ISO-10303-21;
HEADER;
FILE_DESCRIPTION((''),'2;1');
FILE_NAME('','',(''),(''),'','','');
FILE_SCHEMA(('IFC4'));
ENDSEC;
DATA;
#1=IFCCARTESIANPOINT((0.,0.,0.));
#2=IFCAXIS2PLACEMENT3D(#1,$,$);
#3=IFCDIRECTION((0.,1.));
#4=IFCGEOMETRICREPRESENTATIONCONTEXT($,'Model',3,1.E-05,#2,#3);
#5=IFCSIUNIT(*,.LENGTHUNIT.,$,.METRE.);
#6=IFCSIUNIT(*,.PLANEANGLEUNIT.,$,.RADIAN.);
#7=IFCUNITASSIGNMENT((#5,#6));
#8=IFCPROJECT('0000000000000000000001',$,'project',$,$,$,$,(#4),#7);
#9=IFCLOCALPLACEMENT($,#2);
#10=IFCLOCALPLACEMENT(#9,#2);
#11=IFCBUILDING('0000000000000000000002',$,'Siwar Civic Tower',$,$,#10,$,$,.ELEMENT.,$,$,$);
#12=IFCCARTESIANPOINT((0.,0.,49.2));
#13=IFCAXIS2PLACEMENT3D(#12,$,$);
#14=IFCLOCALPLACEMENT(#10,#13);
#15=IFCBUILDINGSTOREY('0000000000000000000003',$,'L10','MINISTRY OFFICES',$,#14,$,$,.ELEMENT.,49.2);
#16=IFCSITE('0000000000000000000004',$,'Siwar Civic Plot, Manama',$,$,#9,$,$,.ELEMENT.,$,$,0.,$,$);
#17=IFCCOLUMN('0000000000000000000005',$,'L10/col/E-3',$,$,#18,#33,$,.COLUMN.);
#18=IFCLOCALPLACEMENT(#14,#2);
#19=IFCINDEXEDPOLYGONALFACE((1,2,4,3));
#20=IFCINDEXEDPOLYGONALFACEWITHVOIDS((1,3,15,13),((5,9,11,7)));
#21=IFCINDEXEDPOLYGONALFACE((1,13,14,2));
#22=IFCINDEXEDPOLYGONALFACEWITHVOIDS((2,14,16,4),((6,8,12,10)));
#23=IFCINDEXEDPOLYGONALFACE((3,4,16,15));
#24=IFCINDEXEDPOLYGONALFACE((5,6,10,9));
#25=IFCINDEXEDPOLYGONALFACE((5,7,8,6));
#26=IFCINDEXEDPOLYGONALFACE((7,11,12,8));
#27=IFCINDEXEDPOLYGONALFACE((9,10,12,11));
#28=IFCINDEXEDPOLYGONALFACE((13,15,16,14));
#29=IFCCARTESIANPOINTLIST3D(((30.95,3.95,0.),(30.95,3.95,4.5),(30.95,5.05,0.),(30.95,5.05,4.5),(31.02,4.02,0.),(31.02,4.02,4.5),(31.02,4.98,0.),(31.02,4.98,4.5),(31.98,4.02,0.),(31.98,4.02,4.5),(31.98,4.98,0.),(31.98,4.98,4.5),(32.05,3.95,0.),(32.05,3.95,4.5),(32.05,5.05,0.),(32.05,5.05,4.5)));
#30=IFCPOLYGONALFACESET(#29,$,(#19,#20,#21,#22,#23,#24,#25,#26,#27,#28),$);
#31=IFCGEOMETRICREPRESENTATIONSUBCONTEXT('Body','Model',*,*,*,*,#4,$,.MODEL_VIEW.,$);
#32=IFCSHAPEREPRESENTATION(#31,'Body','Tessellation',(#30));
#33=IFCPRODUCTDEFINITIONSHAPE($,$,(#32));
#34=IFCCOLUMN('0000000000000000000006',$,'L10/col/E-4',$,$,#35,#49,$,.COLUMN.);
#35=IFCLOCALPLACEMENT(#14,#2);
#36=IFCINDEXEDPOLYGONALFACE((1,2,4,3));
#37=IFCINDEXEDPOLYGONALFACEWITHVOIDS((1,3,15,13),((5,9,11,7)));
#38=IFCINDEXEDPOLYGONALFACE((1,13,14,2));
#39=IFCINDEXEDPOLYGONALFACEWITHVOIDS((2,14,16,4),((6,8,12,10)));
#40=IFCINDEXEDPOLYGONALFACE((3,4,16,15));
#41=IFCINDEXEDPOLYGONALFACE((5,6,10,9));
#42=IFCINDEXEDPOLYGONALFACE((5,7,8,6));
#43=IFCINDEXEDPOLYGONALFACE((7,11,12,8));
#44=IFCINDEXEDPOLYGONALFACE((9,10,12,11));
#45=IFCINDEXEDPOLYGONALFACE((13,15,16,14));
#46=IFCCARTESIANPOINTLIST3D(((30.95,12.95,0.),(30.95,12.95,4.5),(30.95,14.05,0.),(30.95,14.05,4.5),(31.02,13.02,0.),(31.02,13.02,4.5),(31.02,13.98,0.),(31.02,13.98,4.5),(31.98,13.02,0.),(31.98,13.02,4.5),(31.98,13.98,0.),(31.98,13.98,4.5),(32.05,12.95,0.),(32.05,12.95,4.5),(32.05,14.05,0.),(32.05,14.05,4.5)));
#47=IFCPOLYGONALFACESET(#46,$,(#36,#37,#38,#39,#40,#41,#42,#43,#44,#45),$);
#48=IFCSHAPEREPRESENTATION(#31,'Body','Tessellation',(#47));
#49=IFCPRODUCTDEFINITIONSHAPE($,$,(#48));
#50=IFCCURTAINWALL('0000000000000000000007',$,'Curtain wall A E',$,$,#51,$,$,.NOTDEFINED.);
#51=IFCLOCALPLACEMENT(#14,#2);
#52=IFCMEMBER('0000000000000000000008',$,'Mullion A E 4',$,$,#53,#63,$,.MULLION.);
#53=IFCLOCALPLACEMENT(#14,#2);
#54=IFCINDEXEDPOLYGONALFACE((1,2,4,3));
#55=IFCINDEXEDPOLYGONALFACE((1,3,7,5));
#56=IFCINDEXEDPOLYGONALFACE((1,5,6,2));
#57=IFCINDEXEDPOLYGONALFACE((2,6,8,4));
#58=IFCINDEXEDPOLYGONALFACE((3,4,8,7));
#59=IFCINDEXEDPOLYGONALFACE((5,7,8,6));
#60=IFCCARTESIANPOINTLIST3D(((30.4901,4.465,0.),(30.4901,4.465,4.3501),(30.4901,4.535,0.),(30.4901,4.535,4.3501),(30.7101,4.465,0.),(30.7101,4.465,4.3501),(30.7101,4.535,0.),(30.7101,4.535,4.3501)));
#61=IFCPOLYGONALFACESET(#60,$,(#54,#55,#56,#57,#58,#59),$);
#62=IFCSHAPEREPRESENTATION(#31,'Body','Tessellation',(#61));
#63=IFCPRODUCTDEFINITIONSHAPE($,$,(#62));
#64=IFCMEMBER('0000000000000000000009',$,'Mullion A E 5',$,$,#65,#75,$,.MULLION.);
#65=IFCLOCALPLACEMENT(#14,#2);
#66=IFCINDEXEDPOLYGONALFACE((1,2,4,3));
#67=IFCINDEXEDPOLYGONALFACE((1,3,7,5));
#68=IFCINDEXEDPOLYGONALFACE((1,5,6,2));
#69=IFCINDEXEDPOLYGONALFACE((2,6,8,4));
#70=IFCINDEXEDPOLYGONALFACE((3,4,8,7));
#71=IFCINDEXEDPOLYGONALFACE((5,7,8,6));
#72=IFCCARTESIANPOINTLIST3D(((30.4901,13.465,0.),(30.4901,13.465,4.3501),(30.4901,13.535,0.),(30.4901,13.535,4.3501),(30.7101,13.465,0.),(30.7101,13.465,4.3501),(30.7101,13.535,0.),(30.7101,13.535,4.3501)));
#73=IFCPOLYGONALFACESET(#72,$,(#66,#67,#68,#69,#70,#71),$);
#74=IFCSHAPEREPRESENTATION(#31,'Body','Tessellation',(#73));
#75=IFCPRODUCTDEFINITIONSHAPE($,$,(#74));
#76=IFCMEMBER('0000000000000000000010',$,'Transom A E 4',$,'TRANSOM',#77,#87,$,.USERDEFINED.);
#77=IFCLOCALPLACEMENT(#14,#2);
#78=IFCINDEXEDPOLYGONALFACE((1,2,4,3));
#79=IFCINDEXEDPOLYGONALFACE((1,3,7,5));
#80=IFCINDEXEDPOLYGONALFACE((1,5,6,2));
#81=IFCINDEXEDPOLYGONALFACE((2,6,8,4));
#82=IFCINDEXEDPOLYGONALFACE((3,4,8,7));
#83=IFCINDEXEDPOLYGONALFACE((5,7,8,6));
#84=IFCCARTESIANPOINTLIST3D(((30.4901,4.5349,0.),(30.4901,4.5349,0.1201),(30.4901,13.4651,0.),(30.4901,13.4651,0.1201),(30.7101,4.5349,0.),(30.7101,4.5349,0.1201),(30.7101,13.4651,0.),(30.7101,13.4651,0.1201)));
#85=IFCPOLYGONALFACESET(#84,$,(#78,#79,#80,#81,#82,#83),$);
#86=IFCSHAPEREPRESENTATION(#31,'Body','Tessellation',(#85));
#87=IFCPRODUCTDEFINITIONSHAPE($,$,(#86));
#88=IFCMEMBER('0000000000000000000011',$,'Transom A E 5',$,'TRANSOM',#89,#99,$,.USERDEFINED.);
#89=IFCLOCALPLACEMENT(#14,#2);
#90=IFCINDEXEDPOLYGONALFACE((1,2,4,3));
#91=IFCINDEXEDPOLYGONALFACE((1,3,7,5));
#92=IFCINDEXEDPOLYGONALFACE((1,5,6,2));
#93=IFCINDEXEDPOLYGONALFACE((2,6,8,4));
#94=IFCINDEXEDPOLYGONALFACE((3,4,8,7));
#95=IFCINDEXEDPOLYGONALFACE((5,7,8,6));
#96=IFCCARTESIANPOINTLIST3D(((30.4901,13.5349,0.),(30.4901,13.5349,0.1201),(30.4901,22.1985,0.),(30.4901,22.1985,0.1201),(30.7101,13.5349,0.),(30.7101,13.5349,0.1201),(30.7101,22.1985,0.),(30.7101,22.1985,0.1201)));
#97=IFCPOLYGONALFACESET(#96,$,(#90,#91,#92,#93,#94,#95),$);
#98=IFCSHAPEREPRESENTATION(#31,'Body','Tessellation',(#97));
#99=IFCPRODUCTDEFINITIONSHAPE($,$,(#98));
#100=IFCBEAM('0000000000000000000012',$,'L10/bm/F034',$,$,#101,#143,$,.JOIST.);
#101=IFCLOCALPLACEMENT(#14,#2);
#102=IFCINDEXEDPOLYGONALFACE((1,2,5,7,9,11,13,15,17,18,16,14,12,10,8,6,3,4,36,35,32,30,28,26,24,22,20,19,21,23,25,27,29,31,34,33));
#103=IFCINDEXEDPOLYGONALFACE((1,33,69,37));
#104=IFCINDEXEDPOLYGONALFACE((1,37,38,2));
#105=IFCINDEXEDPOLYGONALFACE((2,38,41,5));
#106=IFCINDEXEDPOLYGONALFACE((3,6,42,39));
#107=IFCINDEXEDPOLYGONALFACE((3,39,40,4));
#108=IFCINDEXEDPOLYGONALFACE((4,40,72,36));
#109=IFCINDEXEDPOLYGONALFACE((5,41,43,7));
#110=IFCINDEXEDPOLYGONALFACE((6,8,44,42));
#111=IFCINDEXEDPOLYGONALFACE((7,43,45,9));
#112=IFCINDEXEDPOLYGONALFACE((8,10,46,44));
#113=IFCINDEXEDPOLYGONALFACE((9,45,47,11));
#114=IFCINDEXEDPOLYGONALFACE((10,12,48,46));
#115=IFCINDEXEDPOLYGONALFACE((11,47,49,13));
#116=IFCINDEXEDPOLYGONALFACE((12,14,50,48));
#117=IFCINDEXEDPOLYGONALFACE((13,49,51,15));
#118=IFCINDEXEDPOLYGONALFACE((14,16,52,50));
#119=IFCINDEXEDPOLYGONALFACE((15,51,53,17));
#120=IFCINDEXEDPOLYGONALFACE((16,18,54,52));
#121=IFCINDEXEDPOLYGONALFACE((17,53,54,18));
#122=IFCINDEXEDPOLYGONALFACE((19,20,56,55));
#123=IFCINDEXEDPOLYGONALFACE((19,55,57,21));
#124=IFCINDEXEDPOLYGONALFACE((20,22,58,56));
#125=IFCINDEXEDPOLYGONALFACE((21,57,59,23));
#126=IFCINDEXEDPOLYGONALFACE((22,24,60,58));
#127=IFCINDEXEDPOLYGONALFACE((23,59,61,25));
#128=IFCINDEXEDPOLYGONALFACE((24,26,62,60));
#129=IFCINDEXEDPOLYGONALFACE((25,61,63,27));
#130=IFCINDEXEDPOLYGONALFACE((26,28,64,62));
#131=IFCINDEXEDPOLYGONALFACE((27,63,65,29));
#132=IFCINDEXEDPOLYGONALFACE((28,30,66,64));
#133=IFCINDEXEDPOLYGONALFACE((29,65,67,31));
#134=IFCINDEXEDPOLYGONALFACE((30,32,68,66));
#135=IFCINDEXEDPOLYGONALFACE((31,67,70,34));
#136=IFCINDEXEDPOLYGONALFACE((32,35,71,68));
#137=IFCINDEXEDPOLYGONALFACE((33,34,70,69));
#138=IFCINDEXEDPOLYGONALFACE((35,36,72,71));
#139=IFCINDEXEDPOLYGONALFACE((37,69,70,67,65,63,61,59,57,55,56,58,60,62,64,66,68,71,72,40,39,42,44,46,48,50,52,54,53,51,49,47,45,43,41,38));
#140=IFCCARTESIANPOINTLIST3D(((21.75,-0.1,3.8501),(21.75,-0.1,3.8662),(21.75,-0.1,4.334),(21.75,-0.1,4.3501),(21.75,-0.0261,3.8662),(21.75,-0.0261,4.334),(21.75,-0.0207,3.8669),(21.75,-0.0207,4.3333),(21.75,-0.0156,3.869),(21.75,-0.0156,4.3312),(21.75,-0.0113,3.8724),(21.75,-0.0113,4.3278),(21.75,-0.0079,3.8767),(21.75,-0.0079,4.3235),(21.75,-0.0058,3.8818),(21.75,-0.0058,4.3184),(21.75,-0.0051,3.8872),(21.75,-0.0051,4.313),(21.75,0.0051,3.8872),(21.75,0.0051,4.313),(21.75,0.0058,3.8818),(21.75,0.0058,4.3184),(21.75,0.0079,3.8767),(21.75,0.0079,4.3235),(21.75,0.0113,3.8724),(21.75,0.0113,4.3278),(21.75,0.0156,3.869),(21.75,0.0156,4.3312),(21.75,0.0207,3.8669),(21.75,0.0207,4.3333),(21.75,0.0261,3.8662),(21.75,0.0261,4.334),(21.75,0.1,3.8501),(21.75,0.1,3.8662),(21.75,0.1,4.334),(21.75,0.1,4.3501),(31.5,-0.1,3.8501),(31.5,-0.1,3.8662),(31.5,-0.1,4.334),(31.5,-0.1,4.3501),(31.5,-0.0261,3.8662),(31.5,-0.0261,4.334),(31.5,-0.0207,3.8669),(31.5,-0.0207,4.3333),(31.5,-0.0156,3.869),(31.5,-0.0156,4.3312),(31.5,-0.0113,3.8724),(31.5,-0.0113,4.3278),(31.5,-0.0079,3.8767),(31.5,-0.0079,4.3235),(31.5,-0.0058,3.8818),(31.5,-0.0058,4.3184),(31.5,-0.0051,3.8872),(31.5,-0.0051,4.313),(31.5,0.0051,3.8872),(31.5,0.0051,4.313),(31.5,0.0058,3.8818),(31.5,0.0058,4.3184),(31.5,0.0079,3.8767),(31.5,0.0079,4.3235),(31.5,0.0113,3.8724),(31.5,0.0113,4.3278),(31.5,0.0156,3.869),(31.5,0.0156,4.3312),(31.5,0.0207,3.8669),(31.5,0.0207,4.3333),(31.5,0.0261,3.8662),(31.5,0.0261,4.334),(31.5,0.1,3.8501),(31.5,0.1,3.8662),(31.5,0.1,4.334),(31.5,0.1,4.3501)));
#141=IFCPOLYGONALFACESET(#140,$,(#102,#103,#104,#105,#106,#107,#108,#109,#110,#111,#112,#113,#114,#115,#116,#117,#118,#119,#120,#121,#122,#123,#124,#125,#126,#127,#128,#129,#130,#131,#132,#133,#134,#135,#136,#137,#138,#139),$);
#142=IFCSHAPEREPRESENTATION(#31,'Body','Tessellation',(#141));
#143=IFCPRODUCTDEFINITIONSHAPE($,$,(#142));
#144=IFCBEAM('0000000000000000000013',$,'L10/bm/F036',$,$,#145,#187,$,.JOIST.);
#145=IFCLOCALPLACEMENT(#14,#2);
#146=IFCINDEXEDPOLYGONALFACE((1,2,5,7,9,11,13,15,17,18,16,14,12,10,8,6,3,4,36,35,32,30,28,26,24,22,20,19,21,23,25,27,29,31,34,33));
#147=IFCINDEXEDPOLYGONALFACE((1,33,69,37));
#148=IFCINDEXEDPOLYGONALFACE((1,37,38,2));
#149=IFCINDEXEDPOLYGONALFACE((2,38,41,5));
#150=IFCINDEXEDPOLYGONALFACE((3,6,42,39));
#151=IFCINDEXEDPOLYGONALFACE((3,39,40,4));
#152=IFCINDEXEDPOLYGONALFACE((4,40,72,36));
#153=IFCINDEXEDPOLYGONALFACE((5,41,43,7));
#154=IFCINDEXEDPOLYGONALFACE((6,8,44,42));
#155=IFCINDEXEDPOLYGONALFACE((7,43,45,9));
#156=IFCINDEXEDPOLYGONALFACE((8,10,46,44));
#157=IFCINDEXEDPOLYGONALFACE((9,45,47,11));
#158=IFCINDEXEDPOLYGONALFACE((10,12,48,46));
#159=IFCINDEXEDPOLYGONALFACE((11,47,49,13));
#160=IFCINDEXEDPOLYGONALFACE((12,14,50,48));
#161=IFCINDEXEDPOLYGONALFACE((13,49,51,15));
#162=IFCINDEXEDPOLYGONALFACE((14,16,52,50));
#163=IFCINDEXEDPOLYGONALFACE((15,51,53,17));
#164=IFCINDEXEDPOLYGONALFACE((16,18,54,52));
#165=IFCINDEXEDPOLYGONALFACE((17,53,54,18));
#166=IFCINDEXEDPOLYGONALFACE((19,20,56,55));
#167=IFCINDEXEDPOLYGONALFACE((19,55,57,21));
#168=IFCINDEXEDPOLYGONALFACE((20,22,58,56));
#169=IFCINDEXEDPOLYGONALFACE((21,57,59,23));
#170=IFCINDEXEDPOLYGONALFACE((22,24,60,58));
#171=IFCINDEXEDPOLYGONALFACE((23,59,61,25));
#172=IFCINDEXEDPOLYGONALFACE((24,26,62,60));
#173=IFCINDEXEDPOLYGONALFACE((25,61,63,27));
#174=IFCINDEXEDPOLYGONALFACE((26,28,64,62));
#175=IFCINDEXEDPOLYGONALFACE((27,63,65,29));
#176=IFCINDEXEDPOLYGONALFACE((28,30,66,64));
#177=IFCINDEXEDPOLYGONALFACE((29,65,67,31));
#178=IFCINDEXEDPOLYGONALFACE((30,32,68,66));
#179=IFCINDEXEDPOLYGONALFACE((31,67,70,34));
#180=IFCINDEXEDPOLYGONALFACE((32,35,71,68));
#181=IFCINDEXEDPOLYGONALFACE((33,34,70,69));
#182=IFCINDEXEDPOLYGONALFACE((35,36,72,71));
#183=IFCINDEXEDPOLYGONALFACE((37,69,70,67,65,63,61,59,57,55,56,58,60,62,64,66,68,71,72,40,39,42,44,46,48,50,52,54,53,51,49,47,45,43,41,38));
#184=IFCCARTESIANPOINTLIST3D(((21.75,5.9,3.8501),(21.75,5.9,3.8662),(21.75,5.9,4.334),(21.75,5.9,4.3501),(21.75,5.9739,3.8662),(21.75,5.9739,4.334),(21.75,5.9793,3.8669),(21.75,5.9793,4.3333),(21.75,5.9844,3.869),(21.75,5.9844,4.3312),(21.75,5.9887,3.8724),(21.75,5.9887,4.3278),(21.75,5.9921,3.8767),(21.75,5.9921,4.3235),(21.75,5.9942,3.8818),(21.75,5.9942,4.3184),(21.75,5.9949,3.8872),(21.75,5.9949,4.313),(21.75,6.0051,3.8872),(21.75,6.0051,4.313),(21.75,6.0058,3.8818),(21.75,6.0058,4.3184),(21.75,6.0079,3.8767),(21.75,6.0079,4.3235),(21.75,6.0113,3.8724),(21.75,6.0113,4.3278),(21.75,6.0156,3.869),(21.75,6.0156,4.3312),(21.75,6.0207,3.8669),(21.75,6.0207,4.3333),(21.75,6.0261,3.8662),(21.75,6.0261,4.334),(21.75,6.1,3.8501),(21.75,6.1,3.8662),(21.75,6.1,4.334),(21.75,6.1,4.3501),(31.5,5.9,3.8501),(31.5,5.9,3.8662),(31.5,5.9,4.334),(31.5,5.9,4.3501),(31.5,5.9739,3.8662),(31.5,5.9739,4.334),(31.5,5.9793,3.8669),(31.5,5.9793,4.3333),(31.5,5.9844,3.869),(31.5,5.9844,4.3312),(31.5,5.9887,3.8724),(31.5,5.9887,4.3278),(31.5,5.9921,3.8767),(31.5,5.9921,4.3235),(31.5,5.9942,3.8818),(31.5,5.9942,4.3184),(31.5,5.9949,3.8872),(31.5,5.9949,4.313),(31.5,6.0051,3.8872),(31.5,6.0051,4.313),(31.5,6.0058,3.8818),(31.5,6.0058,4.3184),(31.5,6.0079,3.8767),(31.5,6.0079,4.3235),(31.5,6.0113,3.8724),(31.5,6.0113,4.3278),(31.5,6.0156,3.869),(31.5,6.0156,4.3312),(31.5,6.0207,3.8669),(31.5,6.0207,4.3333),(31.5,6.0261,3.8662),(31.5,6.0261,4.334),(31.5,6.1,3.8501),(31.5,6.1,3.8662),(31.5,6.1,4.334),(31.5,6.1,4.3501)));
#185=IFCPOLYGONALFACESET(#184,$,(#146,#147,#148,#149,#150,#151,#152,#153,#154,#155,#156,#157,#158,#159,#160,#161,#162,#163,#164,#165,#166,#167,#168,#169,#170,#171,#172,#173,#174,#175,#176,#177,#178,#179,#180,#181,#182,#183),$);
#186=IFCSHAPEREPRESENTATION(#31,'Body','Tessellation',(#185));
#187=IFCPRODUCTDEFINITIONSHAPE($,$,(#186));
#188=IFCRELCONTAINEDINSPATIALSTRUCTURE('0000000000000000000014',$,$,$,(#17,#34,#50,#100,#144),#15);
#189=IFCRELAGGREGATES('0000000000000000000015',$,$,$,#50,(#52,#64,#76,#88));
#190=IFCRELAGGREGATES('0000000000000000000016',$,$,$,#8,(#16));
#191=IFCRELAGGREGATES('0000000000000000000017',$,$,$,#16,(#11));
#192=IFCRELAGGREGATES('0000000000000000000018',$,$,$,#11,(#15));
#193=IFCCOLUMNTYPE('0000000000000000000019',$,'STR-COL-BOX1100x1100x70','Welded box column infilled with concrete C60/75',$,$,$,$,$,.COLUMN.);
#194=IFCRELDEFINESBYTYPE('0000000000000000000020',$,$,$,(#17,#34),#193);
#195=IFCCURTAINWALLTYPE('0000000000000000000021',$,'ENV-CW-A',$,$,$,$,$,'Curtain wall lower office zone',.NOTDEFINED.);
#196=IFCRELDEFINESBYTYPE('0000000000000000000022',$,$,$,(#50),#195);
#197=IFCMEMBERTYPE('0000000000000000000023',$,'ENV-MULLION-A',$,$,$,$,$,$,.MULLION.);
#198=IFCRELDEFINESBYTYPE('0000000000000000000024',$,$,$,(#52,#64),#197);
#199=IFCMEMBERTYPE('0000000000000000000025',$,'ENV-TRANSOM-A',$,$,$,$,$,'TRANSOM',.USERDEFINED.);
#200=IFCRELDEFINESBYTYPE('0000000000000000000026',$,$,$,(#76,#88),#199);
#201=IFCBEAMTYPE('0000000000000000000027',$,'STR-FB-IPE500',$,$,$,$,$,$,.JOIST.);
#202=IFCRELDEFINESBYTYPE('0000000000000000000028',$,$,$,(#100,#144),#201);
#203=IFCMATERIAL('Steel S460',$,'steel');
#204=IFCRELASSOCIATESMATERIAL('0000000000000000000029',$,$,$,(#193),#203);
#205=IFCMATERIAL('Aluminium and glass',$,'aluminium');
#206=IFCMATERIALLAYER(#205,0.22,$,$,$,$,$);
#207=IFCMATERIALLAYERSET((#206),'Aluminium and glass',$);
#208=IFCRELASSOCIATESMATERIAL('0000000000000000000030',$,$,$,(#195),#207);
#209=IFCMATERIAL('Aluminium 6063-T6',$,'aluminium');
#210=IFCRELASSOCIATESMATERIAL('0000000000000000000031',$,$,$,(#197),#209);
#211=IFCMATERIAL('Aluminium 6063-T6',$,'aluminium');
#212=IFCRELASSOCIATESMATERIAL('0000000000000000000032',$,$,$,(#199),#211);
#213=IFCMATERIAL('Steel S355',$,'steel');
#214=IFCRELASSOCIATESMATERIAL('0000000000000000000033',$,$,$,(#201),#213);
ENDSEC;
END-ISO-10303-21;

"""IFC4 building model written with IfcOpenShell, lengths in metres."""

from ifc_helpers import new_model, si_unit, direction, frame, origin, origin_2d, place, context, subcontext, project, spatial, rectangle, hollow_rectangle, i_section, extrude, material, layer, layer_set, material_profile, profile_set, type_object, element, aggregate, save


model = new_model("IFC4")

# Units and contexts
model_context = context("Model", 3, precision=1e-05, world=origin(), true_north=direction((0.0, 1.0)))
body_context = subcontext(model_context, "Body", "Model", "MODEL_VIEW")
ifc_project = project(units=[si_unit("LENGTHUNIT", "METRE"), si_unit("PLANEANGLEUNIT", "RADIAN")], contexts=[model_context])

# Site, building, storey
site_placement = place(None, origin())
site = spatial("IfcSite", under=ifc_project, at=site_placement, Name="Siwar Civic Plot, Manama", CompositionType="ELEMENT", RefElevation=0.0)
building_placement = place(site_placement, origin())
building = spatial("IfcBuilding", under=site, at=building_placement, Name="Siwar Civic Tower", CompositionType="ELEMENT")
storey_placement = place(building_placement, frame((0.0, 0.0, 49.2)))
storey = spatial("IfcBuildingStorey", under=building, at=storey_placement, Name="L10", Description="MINISTRY OFFICES", CompositionType="ELEMENT", Elevation=49.2)

# Columns
ifc_material_1 = material(Name="Steel S460", Category="steel")
ifc_material_profile_1 = material_profile(ifc_material_1, hollow_rectangle(XDim=1.1001, YDim=1.1001, WallThickness=0.0701, at=origin_2d()), Name="BOX1100x1100x70")
ifc_profile_set_1 = profile_set([ifc_material_profile_1], Name="Steel S460")
column_type = type_object("IfcColumnType", Name="STR-COL-BOX1100x1100x70", Description="Welded box column infilled with concrete C60/75", PredefinedType="COLUMN", material=ifc_profile_set_1)
for number, where, z_axis, x_axis, name in (
    (1, (31.5, 4.5, 0.0), (0.0, 0.0, 1.0), (1.0, 0.0, 0.0), "L10/col/E-3"),
    (2, (31.5, 13.5, 0.0), (0.0, 0.0, 1.0), (1.0, 0.0, 0.0), "L10/col/E-4"),
):
    element("IfcColumn", number, at=place(storey_placement, frame(where, z_axis=z_axis, x_axis=x_axis)), inside=storey, type_object=column_type, Name=name, PredefinedType="COLUMN", context=body_context, shape_type="SweptSolid", body=[
        extrude(hollow_rectangle(XDim=1.1001, YDim=1.1001, WallThickness=0.0701, at=origin_2d()), origin(), (0.0, 0.0, 1.0), 4.5),
    ])

# Curtain wall, members
ifc_material_2 = material(Name="Aluminium and glass", Category="aluminium")
ifc_layer_1 = layer(ifc_material_2, 0.22)
ifc_layer_set_1 = layer_set([ifc_layer_1], Name="Aluminium and glass")
curtain_wall_type = type_object("IfcCurtainWallType", Name="ENV-CW-A", ElementType="Curtain wall lower office zone", PredefinedType="NOTDEFINED", material=ifc_layer_set_1)
curtain_wall_placement = place(storey_placement, origin())
curtain_wall = element("IfcCurtainWall", 3, at=curtain_wall_placement, inside=storey, type_object=curtain_wall_type, Name="Curtain wall A E", PredefinedType="NOTDEFINED")
ifc_material_3 = material(Name="Aluminium 6063-T6", Category="aluminium")
ifc_material_profile_2 = material_profile(ifc_material_3, rectangle(XDim=0.22, YDim=0.0701, at=origin_2d()), Name="AL 220x70")
ifc_profile_set_2 = profile_set([ifc_material_profile_2], Name="Aluminium 6063-T6")
member_type_1 = type_object("IfcMemberType", Name="ENV-MULLION-A", PredefinedType="MULLION", material=ifc_profile_set_2)
member_1_placement = place(storey_placement, frame((30.6001, 4.5, 0.0), z_axis=(0.0, 0.0, 1.0), x_axis=(-1.0, 0.0, 0.0)))
member_1 = element("IfcMember", 4, at=member_1_placement, type_object=member_type_1, Name="Mullion A E 4", PredefinedType="MULLION", context=body_context, shape_type="SweptSolid", body=[
    extrude(rectangle(XDim=0.22, YDim=0.0701, at=origin_2d()), origin(), (0.0, 0.0, 1.0), 4.3501),
])
member_2_placement = place(storey_placement, frame((30.6001, 13.5, 0.0), z_axis=(0.0, 0.0, 1.0), x_axis=(-1.0, 0.0, 0.0)))
member_2 = element("IfcMember", 5, at=member_2_placement, type_object=member_type_1, Name="Mullion A E 5", PredefinedType="MULLION", context=body_context, shape_type="SweptSolid", body=[
    extrude(rectangle(XDim=0.22, YDim=0.0701, at=origin_2d()), origin(), (0.0, 0.0, 1.0), 4.3501),
])
ifc_material_4 = material(Name="Aluminium 6063-T6", Category="aluminium")
ifc_material_profile_3 = material_profile(ifc_material_4, rectangle(XDim=0.22, YDim=0.1201, at=origin_2d()), Name="AL 220x120")
ifc_profile_set_3 = profile_set([ifc_material_profile_3], Name="Aluminium 6063-T6")
member_type_2 = type_object("IfcMemberType", Name="ENV-TRANSOM-A", ElementType="TRANSOM", PredefinedType="USERDEFINED", material=ifc_profile_set_3)
member_3_placement = place(storey_placement, frame((30.6001, 4.5349, 0.0601), z_axis=(0.0, 1.0, 0.0), x_axis=(-1.0, 0.0, 0.0)))
member_3 = element("IfcMember", 6, at=member_3_placement, type_object=member_type_2, Name="Transom A E 4", ObjectType="TRANSOM", PredefinedType="USERDEFINED", context=body_context, shape_type="SweptSolid", body=[
    extrude(rectangle(XDim=0.22, YDim=0.1201, at=origin_2d()), origin(), (0.0, 0.0, 1.0), 8.9302),
])
member_4_placement = place(storey_placement, frame((30.6001, 13.5349, 0.0601), z_axis=(0.0, 1.0, 0.0), x_axis=(-1.0, 0.0, 0.0)))
member_4 = element("IfcMember", 7, at=member_4_placement, type_object=member_type_2, Name="Transom A E 5", ObjectType="TRANSOM", PredefinedType="USERDEFINED", context=body_context, shape_type="SweptSolid", body=[
    extrude(rectangle(XDim=0.22, YDim=0.1201, at=origin_2d()), origin(), (0.0, 0.0, 1.0), 8.6636),
])

# Beams
ifc_material_5 = material(Name="Steel S355", Category="steel")
ifc_material_profile_4 = material_profile(ifc_material_5, i_section(OverallWidth=0.2, OverallDepth=0.5, WebThickness=0.0103, FlangeThickness=0.0161, FilletRadius=0.021, at=origin_2d()), Name="IPE500")
ifc_profile_set_4 = profile_set([ifc_material_profile_4], Name="Steel S355")
beam_type_1 = type_object("IfcBeamType", Name="STR-FB-IPE500", PredefinedType="JOIST", material=ifc_profile_set_4)
for number, where, z_axis, x_axis, name in (
    (8, (21.75, 0.0, 4.1001), (1.0, 0.0, 0.0), (0.0, 1.0, 0.0), "L10/bm/F034"),
    (9, (21.75, 6.0, 4.1001), (1.0, 0.0, 0.0), (0.0, 1.0, 0.0), "L10/bm/F036"),
):
    element("IfcBeam", number, at=place(storey_placement, frame(where, z_axis=z_axis, x_axis=x_axis)), inside=storey, type_object=beam_type_1, Name=name, PredefinedType="JOIST", context=body_context, shape_type="SweptSolid", body=[
        extrude(i_section(OverallWidth=0.2, OverallDepth=0.5, WebThickness=0.0103, FlangeThickness=0.0161, FilletRadius=0.021, at=origin_2d()), origin(), (0.0, 0.0, 1.0), 9.75),
    ])

aggregate(curtain_wall, [member_1, member_2, member_3, member_4])

save(model, "model.ifc")
